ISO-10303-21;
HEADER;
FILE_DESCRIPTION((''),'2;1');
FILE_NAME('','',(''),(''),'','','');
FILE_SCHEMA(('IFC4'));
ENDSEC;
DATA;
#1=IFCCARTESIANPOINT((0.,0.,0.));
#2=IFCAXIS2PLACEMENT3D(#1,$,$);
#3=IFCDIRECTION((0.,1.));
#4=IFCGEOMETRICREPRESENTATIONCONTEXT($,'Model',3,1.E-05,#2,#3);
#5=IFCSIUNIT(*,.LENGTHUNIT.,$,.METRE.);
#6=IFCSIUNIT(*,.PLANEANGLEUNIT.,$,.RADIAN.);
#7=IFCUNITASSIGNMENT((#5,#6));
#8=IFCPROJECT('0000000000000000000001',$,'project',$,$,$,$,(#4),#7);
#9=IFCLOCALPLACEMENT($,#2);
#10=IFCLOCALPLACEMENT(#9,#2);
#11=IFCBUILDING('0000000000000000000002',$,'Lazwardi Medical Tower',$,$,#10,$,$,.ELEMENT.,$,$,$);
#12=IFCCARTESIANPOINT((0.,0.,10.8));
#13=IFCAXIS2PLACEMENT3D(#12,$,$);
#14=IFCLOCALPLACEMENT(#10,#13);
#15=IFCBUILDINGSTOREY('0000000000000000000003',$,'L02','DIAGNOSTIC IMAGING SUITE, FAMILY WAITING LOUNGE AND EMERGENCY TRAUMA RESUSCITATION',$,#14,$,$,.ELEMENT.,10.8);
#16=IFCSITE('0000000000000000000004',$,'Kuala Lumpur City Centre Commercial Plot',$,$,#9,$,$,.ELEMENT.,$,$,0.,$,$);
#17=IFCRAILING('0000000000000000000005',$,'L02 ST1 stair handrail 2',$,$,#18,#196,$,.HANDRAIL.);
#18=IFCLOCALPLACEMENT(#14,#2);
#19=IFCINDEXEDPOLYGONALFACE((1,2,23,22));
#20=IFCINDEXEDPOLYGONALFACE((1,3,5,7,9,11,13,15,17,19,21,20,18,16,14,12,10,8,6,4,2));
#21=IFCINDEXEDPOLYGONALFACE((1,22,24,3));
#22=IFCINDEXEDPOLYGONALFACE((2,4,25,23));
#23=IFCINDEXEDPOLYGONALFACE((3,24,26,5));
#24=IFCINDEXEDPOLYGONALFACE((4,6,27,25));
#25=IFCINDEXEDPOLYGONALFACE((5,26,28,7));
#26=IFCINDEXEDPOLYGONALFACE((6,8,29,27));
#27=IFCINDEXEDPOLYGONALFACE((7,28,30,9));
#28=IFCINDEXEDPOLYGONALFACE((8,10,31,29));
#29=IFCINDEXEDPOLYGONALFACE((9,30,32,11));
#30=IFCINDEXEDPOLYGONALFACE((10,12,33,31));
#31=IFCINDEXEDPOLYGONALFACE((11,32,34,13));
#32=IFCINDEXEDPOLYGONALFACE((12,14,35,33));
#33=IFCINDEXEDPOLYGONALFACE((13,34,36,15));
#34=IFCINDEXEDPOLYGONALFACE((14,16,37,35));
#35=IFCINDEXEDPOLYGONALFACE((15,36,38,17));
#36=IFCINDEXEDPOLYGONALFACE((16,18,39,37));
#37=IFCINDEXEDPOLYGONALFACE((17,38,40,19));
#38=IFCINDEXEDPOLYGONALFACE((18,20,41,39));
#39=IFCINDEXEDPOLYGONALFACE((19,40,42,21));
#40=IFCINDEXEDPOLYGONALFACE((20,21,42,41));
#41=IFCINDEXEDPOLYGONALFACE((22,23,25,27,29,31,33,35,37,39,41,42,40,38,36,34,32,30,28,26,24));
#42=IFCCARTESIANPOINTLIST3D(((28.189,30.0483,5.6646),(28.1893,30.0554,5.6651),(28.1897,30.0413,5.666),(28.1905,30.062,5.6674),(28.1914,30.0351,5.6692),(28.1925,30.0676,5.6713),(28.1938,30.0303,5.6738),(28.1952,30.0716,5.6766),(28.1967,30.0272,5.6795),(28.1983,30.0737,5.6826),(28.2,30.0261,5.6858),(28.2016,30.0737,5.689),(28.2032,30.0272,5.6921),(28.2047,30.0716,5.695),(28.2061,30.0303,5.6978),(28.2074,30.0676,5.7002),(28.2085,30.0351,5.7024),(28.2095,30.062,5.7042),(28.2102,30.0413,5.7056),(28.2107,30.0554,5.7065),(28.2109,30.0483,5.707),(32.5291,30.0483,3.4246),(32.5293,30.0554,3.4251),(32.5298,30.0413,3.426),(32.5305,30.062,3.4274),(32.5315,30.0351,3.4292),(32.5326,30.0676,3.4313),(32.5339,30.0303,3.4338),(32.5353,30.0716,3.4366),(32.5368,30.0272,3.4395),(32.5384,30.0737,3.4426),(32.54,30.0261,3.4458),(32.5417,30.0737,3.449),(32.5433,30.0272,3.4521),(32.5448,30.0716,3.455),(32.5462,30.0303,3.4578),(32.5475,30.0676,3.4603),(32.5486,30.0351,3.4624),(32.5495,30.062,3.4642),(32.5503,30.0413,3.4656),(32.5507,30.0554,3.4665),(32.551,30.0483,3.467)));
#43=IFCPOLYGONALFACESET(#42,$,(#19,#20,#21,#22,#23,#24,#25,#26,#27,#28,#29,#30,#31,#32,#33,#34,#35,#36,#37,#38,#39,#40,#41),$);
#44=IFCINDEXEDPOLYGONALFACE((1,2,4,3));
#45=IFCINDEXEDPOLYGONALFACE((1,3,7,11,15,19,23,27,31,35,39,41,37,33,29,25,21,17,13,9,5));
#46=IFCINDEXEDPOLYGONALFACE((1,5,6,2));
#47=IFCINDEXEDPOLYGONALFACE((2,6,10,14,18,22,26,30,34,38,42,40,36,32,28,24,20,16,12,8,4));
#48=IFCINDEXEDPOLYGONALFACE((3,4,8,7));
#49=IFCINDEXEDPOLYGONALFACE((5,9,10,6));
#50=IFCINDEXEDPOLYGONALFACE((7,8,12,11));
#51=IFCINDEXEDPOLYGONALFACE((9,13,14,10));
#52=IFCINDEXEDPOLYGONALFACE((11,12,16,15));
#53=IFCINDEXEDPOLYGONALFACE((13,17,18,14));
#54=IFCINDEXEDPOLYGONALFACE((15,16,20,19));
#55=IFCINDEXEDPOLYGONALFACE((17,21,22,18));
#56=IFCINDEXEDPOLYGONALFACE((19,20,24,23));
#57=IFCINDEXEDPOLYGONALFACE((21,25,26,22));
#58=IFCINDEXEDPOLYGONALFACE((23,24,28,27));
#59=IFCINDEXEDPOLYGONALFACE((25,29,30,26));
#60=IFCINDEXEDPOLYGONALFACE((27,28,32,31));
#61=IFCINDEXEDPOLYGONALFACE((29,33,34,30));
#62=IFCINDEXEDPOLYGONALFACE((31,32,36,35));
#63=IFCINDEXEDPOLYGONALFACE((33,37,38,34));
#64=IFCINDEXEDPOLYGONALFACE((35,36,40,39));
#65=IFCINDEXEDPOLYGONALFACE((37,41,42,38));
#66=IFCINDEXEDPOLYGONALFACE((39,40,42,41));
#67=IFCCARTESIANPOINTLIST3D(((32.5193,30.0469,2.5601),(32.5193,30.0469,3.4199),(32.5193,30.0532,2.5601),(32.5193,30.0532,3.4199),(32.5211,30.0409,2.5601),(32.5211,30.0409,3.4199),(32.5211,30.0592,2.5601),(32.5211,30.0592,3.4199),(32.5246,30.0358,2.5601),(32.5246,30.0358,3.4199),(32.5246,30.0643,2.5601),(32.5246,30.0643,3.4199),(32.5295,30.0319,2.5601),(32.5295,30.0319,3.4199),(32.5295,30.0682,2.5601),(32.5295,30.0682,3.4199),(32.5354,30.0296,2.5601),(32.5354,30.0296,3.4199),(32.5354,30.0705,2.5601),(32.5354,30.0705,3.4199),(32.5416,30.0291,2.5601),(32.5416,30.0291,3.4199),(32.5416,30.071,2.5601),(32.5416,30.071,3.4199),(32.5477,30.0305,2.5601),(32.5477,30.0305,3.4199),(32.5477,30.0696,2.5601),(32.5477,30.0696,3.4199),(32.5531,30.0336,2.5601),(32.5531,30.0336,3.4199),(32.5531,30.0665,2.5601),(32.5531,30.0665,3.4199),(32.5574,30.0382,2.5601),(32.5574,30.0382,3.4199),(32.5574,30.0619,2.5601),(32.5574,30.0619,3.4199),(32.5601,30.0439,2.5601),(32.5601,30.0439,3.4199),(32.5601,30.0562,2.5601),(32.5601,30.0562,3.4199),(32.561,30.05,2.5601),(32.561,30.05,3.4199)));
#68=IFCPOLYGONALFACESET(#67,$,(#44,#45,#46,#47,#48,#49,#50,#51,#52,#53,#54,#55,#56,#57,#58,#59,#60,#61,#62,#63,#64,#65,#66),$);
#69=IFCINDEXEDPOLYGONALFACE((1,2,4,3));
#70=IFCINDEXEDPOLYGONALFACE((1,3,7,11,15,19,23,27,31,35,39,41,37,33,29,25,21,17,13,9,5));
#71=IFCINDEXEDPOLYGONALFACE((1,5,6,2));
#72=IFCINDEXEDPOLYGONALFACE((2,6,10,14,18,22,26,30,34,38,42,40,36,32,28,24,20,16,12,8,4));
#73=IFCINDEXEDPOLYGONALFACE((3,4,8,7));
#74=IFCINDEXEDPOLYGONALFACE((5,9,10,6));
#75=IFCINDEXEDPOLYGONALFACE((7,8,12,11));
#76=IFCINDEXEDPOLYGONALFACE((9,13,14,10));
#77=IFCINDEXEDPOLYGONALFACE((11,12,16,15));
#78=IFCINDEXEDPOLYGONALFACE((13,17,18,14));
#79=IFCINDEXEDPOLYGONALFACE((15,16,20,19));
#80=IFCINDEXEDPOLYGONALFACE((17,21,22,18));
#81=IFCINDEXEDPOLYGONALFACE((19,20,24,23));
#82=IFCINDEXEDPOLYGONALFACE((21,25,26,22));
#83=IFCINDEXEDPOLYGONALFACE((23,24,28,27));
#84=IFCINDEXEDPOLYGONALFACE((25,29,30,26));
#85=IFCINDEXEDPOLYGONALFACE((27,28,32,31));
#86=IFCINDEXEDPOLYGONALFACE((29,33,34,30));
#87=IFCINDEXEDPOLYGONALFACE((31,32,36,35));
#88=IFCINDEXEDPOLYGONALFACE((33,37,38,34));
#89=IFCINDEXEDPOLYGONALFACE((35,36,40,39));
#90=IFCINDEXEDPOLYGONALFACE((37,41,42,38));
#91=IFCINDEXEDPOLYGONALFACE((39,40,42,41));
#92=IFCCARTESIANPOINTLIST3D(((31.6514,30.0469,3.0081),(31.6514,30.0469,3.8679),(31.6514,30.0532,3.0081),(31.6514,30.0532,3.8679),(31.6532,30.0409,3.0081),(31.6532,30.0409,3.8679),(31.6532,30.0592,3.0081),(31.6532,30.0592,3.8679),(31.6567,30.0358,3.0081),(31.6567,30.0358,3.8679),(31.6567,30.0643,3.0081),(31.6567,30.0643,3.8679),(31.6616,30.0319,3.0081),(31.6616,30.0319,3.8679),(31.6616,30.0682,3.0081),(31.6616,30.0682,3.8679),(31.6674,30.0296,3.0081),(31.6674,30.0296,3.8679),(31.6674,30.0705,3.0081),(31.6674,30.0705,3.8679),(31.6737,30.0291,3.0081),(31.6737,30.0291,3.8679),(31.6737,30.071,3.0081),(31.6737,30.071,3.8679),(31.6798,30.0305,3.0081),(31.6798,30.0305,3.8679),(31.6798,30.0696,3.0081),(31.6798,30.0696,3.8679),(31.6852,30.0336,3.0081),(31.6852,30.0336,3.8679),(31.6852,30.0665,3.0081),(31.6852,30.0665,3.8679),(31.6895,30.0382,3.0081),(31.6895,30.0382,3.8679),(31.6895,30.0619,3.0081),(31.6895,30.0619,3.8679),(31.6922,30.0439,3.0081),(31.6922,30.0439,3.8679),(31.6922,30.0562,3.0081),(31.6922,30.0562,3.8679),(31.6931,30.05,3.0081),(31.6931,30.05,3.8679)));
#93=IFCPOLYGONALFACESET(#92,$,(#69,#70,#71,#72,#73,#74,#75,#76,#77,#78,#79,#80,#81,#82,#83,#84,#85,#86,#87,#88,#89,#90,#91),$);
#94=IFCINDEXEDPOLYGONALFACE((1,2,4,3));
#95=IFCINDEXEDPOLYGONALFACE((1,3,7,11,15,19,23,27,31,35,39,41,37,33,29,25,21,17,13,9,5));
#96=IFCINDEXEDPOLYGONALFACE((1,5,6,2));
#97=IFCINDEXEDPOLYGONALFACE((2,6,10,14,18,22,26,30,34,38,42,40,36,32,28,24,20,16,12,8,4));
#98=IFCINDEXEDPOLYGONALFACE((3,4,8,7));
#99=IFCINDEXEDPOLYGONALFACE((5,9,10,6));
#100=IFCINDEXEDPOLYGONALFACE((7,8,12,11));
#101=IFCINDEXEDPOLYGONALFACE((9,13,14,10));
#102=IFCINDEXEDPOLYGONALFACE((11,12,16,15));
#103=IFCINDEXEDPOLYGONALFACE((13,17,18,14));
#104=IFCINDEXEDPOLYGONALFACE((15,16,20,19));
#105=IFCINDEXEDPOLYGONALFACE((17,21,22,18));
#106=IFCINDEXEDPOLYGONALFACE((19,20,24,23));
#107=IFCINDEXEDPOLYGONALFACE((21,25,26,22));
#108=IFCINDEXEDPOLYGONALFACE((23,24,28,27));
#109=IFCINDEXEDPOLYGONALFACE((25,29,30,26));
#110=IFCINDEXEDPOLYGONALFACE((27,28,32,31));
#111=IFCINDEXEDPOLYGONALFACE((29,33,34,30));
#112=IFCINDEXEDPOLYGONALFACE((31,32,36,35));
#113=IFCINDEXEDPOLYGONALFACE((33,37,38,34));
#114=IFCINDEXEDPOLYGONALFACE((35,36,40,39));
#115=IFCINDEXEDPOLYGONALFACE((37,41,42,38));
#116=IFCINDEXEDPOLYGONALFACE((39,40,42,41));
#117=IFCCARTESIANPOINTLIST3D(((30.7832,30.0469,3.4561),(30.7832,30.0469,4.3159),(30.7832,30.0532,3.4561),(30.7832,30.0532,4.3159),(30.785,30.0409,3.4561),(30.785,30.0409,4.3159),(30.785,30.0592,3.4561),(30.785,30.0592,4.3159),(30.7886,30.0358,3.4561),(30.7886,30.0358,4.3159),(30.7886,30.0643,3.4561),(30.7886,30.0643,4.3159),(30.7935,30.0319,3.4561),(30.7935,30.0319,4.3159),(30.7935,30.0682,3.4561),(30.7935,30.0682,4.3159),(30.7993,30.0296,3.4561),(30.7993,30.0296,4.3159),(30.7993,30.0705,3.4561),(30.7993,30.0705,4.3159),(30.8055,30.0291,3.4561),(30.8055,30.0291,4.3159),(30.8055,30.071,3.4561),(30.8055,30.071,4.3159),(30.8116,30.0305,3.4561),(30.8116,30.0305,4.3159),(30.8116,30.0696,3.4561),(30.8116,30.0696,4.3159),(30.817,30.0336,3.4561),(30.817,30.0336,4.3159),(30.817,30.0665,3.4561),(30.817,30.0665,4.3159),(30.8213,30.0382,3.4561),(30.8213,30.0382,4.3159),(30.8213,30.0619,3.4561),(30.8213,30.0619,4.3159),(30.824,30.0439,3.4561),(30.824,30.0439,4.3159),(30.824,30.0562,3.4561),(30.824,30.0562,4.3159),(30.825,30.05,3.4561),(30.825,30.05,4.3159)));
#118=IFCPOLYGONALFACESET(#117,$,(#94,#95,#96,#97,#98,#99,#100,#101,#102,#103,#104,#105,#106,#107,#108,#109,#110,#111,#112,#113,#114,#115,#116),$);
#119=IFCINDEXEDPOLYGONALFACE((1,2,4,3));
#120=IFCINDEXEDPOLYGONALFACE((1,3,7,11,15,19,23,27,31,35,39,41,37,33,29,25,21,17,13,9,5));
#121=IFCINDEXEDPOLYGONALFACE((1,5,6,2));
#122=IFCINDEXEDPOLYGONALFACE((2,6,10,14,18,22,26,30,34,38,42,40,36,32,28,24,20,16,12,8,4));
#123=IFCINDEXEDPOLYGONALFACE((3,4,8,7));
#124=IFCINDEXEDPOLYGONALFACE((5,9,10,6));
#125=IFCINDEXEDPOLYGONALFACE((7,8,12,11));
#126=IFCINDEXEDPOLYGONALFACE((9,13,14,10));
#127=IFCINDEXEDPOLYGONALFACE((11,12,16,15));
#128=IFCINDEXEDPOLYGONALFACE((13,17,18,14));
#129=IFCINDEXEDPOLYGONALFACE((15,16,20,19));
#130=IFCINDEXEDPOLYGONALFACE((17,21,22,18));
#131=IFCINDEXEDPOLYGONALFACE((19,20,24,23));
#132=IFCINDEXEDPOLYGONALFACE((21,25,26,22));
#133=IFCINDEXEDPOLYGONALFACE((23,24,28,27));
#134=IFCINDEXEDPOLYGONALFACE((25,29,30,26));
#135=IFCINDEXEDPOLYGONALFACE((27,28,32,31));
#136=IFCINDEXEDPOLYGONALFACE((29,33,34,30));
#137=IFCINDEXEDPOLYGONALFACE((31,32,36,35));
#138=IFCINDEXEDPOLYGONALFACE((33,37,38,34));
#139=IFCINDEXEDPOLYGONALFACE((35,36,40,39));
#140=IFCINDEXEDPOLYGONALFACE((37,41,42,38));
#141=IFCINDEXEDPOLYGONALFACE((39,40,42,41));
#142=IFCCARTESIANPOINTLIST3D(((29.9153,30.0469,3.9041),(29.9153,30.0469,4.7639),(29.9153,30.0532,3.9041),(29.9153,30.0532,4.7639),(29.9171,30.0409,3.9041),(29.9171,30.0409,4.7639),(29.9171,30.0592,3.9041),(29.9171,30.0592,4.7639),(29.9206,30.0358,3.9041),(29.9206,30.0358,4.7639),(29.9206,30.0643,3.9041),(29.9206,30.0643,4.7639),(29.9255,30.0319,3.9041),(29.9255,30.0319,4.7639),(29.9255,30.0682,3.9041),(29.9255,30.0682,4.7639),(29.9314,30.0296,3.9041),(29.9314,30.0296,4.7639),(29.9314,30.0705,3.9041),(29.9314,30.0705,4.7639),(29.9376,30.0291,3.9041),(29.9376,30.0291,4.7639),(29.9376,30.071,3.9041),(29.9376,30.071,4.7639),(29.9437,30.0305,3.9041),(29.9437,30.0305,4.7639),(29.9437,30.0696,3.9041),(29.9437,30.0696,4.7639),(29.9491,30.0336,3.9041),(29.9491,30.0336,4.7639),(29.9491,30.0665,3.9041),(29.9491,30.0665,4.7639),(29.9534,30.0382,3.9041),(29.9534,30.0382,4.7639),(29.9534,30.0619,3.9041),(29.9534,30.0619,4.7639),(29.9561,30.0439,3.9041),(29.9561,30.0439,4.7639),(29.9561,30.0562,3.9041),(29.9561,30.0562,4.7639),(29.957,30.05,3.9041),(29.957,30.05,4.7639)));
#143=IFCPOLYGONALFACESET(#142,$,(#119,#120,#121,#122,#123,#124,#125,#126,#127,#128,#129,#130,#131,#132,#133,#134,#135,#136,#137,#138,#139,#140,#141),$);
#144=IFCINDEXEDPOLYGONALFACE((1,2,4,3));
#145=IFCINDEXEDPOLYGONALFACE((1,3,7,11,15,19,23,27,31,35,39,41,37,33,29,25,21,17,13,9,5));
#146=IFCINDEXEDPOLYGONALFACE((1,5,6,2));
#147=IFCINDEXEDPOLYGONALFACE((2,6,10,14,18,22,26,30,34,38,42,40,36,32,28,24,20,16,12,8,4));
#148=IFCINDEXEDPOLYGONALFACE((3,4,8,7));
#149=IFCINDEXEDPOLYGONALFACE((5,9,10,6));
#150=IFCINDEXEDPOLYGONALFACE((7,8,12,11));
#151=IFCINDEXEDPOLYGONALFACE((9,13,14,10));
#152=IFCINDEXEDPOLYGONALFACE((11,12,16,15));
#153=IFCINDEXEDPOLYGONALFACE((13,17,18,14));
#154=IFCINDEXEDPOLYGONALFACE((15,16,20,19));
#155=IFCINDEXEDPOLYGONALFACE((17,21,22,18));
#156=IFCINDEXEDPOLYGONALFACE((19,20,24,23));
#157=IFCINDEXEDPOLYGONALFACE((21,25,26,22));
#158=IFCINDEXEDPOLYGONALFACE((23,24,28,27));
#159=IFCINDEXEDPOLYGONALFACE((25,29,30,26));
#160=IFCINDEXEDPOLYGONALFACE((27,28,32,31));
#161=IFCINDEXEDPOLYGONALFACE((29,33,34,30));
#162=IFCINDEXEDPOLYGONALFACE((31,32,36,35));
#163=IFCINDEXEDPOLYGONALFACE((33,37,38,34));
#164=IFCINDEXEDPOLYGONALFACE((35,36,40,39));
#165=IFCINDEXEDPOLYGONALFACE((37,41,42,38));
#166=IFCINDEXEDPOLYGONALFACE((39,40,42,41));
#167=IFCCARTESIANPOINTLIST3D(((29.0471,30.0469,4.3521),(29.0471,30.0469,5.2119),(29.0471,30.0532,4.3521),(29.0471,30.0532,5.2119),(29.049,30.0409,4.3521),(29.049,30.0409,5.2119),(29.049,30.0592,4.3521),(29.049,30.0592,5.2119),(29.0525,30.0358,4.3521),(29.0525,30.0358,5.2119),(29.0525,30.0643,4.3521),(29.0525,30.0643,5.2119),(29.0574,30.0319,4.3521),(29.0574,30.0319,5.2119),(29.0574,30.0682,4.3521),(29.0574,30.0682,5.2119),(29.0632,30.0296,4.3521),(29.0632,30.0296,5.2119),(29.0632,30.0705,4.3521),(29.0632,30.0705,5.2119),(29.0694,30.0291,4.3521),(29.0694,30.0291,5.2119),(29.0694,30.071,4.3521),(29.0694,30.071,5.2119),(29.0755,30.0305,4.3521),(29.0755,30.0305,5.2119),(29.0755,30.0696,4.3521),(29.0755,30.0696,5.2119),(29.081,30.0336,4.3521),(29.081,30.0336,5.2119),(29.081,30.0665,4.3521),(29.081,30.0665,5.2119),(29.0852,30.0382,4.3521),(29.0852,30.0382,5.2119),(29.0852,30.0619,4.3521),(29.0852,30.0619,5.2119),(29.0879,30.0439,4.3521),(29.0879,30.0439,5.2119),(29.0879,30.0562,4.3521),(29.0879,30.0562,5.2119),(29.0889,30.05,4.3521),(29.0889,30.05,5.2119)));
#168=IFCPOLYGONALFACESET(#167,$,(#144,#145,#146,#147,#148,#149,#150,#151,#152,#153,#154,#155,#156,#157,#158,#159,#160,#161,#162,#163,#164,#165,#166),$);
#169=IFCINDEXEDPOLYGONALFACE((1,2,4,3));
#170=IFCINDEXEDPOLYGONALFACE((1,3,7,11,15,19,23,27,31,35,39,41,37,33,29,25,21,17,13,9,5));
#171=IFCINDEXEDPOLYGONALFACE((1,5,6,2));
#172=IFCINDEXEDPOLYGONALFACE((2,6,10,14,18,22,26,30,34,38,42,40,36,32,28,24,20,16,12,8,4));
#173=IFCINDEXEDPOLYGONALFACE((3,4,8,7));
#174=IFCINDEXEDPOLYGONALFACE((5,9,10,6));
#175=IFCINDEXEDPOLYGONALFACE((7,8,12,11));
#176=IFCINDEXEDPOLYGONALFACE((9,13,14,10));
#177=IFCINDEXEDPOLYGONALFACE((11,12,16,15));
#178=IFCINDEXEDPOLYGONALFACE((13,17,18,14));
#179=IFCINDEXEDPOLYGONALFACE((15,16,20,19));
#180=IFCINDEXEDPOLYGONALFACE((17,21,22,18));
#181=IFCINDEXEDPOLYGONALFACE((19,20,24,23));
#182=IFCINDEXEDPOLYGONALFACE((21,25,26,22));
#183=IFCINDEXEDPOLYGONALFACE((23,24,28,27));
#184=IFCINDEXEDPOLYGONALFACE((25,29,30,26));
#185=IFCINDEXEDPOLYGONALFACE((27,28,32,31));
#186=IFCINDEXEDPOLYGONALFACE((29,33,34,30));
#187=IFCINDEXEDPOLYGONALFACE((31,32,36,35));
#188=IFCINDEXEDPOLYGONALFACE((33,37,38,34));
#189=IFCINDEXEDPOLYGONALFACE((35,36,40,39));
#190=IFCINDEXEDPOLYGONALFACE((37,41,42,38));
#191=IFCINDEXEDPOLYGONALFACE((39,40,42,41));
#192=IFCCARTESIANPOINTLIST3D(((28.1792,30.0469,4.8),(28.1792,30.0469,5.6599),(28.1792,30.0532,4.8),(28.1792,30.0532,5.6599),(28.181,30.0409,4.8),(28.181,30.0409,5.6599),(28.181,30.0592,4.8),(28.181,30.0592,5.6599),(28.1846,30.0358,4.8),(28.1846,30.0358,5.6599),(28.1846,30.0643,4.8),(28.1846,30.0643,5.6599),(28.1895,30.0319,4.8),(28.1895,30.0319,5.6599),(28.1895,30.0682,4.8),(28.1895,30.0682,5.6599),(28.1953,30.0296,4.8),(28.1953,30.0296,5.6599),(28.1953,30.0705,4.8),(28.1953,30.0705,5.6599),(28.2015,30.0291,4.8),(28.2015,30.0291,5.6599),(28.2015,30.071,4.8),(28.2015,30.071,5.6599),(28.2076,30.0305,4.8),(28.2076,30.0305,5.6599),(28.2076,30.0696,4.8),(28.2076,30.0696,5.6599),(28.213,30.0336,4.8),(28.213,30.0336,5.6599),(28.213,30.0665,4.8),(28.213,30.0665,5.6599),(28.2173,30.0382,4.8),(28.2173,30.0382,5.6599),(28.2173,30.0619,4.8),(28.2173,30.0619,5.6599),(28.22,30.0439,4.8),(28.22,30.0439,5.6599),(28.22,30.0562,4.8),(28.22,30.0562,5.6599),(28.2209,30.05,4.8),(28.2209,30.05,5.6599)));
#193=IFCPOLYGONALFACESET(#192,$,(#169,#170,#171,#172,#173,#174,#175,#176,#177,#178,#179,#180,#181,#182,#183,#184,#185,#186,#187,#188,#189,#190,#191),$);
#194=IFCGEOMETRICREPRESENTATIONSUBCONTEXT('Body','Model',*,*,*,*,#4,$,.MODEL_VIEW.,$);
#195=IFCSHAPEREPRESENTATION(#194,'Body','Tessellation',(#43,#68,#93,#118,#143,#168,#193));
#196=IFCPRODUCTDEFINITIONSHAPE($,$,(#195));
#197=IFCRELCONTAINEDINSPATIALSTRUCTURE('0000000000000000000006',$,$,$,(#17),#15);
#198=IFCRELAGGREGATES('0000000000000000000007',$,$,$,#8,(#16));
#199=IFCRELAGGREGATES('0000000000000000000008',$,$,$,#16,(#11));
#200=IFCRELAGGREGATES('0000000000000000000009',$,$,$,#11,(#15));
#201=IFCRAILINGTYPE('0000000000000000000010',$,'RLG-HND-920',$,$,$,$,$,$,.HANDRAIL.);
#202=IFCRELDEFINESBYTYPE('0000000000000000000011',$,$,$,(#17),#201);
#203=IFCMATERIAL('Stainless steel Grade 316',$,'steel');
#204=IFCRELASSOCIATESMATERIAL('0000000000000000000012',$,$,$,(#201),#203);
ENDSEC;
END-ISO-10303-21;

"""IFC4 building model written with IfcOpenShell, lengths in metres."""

from ifc_helpers import new_model, si_unit, direction, frame, origin, origin_2d, place, context, subcontext, project, spatial, circle, extrude, material, type_object, element, save


model = new_model("IFC4")

# Units and contexts
model_context = context("Model", 3, precision=1e-05, world=origin(), true_north=direction((0.0, 1.0)))
body_context = subcontext(model_context, "Body", "Model", "MODEL_VIEW")
ifc_project = project(units=[si_unit("LENGTHUNIT", "METRE"), si_unit("PLANEANGLEUNIT", "RADIAN")], contexts=[model_context])

# Site, building, storey
site_placement = place(None, origin())
site = spatial("IfcSite", under=ifc_project, at=site_placement, Name="Kuala Lumpur City Centre Commercial Plot", CompositionType="ELEMENT", RefElevation=0.0)
building_placement = place(site_placement, origin())
building = spatial("IfcBuilding", under=site, at=building_placement, Name="Lazwardi Medical Tower", CompositionType="ELEMENT")
storey_placement = place(building_placement, frame((0.0, 0.0, 10.8)))
storey = spatial("IfcBuildingStorey", under=building, at=storey_placement, Name="L02", Description="DIAGNOSTIC IMAGING SUITE, FAMILY WAITING LOUNGE AND EMERGENCY TRAUMA RESUSCITATION", CompositionType="ELEMENT", Elevation=10.8)

# Railing
ifc_material_1 = material(Name="Stainless steel Grade 316", Category="steel")
railing_type_1 = type_object("IfcRailingType", Name="RLG-HND-920", PredefinedType="HANDRAIL", material=ifc_material_1)
railing_1_placement = place(storey_placement, frame((32.54, 30.05, 2.5601)))
element("IfcRailing", 1, at=railing_1_placement, inside=storey, type_object=railing_type_1, Name="L02 ST1 stair handrail 2", PredefinedType="HANDRAIL", context=body_context, shape_type="SweptSolid", body=[
    extrude(circle(Radius=0.0239, at=origin_2d()), frame((0.0, 0.0, 0.8857), z_axis=(-0.888625, 0.0, 0.458634), x_axis=(0.0, -1.0, 0.0)), (0.0, 0.0, 1.0), 4.884),
    extrude(circle(Radius=0.021, at=origin_2d()), origin(), (0.0, 0.0, 1.0), 0.8599),
    extrude(circle(Radius=0.021, at=origin_2d()), frame((-0.8679, 0.0, 0.448)), (0.0, 0.0, 1.0), 0.8599),
    extrude(circle(Radius=0.021, at=origin_2d()), frame((-1.7361, 0.0, 0.896)), (0.0, 0.0, 1.0), 0.8599),
    extrude(circle(Radius=0.021, at=origin_2d()), frame((-2.604, 0.0, 1.344)), (0.0, 0.0, 1.0), 0.8599),
    extrude(circle(Radius=0.021, at=origin_2d()), frame((-3.4722, 0.0, 1.792)), (0.0, 0.0, 1.0), 0.8599),
    extrude(circle(Radius=0.021, at=origin_2d()), frame((-4.3401, 0.0, 2.24)), (0.0, 0.0, 1.0), 0.8599),
])

save(model, "model.ifc")
